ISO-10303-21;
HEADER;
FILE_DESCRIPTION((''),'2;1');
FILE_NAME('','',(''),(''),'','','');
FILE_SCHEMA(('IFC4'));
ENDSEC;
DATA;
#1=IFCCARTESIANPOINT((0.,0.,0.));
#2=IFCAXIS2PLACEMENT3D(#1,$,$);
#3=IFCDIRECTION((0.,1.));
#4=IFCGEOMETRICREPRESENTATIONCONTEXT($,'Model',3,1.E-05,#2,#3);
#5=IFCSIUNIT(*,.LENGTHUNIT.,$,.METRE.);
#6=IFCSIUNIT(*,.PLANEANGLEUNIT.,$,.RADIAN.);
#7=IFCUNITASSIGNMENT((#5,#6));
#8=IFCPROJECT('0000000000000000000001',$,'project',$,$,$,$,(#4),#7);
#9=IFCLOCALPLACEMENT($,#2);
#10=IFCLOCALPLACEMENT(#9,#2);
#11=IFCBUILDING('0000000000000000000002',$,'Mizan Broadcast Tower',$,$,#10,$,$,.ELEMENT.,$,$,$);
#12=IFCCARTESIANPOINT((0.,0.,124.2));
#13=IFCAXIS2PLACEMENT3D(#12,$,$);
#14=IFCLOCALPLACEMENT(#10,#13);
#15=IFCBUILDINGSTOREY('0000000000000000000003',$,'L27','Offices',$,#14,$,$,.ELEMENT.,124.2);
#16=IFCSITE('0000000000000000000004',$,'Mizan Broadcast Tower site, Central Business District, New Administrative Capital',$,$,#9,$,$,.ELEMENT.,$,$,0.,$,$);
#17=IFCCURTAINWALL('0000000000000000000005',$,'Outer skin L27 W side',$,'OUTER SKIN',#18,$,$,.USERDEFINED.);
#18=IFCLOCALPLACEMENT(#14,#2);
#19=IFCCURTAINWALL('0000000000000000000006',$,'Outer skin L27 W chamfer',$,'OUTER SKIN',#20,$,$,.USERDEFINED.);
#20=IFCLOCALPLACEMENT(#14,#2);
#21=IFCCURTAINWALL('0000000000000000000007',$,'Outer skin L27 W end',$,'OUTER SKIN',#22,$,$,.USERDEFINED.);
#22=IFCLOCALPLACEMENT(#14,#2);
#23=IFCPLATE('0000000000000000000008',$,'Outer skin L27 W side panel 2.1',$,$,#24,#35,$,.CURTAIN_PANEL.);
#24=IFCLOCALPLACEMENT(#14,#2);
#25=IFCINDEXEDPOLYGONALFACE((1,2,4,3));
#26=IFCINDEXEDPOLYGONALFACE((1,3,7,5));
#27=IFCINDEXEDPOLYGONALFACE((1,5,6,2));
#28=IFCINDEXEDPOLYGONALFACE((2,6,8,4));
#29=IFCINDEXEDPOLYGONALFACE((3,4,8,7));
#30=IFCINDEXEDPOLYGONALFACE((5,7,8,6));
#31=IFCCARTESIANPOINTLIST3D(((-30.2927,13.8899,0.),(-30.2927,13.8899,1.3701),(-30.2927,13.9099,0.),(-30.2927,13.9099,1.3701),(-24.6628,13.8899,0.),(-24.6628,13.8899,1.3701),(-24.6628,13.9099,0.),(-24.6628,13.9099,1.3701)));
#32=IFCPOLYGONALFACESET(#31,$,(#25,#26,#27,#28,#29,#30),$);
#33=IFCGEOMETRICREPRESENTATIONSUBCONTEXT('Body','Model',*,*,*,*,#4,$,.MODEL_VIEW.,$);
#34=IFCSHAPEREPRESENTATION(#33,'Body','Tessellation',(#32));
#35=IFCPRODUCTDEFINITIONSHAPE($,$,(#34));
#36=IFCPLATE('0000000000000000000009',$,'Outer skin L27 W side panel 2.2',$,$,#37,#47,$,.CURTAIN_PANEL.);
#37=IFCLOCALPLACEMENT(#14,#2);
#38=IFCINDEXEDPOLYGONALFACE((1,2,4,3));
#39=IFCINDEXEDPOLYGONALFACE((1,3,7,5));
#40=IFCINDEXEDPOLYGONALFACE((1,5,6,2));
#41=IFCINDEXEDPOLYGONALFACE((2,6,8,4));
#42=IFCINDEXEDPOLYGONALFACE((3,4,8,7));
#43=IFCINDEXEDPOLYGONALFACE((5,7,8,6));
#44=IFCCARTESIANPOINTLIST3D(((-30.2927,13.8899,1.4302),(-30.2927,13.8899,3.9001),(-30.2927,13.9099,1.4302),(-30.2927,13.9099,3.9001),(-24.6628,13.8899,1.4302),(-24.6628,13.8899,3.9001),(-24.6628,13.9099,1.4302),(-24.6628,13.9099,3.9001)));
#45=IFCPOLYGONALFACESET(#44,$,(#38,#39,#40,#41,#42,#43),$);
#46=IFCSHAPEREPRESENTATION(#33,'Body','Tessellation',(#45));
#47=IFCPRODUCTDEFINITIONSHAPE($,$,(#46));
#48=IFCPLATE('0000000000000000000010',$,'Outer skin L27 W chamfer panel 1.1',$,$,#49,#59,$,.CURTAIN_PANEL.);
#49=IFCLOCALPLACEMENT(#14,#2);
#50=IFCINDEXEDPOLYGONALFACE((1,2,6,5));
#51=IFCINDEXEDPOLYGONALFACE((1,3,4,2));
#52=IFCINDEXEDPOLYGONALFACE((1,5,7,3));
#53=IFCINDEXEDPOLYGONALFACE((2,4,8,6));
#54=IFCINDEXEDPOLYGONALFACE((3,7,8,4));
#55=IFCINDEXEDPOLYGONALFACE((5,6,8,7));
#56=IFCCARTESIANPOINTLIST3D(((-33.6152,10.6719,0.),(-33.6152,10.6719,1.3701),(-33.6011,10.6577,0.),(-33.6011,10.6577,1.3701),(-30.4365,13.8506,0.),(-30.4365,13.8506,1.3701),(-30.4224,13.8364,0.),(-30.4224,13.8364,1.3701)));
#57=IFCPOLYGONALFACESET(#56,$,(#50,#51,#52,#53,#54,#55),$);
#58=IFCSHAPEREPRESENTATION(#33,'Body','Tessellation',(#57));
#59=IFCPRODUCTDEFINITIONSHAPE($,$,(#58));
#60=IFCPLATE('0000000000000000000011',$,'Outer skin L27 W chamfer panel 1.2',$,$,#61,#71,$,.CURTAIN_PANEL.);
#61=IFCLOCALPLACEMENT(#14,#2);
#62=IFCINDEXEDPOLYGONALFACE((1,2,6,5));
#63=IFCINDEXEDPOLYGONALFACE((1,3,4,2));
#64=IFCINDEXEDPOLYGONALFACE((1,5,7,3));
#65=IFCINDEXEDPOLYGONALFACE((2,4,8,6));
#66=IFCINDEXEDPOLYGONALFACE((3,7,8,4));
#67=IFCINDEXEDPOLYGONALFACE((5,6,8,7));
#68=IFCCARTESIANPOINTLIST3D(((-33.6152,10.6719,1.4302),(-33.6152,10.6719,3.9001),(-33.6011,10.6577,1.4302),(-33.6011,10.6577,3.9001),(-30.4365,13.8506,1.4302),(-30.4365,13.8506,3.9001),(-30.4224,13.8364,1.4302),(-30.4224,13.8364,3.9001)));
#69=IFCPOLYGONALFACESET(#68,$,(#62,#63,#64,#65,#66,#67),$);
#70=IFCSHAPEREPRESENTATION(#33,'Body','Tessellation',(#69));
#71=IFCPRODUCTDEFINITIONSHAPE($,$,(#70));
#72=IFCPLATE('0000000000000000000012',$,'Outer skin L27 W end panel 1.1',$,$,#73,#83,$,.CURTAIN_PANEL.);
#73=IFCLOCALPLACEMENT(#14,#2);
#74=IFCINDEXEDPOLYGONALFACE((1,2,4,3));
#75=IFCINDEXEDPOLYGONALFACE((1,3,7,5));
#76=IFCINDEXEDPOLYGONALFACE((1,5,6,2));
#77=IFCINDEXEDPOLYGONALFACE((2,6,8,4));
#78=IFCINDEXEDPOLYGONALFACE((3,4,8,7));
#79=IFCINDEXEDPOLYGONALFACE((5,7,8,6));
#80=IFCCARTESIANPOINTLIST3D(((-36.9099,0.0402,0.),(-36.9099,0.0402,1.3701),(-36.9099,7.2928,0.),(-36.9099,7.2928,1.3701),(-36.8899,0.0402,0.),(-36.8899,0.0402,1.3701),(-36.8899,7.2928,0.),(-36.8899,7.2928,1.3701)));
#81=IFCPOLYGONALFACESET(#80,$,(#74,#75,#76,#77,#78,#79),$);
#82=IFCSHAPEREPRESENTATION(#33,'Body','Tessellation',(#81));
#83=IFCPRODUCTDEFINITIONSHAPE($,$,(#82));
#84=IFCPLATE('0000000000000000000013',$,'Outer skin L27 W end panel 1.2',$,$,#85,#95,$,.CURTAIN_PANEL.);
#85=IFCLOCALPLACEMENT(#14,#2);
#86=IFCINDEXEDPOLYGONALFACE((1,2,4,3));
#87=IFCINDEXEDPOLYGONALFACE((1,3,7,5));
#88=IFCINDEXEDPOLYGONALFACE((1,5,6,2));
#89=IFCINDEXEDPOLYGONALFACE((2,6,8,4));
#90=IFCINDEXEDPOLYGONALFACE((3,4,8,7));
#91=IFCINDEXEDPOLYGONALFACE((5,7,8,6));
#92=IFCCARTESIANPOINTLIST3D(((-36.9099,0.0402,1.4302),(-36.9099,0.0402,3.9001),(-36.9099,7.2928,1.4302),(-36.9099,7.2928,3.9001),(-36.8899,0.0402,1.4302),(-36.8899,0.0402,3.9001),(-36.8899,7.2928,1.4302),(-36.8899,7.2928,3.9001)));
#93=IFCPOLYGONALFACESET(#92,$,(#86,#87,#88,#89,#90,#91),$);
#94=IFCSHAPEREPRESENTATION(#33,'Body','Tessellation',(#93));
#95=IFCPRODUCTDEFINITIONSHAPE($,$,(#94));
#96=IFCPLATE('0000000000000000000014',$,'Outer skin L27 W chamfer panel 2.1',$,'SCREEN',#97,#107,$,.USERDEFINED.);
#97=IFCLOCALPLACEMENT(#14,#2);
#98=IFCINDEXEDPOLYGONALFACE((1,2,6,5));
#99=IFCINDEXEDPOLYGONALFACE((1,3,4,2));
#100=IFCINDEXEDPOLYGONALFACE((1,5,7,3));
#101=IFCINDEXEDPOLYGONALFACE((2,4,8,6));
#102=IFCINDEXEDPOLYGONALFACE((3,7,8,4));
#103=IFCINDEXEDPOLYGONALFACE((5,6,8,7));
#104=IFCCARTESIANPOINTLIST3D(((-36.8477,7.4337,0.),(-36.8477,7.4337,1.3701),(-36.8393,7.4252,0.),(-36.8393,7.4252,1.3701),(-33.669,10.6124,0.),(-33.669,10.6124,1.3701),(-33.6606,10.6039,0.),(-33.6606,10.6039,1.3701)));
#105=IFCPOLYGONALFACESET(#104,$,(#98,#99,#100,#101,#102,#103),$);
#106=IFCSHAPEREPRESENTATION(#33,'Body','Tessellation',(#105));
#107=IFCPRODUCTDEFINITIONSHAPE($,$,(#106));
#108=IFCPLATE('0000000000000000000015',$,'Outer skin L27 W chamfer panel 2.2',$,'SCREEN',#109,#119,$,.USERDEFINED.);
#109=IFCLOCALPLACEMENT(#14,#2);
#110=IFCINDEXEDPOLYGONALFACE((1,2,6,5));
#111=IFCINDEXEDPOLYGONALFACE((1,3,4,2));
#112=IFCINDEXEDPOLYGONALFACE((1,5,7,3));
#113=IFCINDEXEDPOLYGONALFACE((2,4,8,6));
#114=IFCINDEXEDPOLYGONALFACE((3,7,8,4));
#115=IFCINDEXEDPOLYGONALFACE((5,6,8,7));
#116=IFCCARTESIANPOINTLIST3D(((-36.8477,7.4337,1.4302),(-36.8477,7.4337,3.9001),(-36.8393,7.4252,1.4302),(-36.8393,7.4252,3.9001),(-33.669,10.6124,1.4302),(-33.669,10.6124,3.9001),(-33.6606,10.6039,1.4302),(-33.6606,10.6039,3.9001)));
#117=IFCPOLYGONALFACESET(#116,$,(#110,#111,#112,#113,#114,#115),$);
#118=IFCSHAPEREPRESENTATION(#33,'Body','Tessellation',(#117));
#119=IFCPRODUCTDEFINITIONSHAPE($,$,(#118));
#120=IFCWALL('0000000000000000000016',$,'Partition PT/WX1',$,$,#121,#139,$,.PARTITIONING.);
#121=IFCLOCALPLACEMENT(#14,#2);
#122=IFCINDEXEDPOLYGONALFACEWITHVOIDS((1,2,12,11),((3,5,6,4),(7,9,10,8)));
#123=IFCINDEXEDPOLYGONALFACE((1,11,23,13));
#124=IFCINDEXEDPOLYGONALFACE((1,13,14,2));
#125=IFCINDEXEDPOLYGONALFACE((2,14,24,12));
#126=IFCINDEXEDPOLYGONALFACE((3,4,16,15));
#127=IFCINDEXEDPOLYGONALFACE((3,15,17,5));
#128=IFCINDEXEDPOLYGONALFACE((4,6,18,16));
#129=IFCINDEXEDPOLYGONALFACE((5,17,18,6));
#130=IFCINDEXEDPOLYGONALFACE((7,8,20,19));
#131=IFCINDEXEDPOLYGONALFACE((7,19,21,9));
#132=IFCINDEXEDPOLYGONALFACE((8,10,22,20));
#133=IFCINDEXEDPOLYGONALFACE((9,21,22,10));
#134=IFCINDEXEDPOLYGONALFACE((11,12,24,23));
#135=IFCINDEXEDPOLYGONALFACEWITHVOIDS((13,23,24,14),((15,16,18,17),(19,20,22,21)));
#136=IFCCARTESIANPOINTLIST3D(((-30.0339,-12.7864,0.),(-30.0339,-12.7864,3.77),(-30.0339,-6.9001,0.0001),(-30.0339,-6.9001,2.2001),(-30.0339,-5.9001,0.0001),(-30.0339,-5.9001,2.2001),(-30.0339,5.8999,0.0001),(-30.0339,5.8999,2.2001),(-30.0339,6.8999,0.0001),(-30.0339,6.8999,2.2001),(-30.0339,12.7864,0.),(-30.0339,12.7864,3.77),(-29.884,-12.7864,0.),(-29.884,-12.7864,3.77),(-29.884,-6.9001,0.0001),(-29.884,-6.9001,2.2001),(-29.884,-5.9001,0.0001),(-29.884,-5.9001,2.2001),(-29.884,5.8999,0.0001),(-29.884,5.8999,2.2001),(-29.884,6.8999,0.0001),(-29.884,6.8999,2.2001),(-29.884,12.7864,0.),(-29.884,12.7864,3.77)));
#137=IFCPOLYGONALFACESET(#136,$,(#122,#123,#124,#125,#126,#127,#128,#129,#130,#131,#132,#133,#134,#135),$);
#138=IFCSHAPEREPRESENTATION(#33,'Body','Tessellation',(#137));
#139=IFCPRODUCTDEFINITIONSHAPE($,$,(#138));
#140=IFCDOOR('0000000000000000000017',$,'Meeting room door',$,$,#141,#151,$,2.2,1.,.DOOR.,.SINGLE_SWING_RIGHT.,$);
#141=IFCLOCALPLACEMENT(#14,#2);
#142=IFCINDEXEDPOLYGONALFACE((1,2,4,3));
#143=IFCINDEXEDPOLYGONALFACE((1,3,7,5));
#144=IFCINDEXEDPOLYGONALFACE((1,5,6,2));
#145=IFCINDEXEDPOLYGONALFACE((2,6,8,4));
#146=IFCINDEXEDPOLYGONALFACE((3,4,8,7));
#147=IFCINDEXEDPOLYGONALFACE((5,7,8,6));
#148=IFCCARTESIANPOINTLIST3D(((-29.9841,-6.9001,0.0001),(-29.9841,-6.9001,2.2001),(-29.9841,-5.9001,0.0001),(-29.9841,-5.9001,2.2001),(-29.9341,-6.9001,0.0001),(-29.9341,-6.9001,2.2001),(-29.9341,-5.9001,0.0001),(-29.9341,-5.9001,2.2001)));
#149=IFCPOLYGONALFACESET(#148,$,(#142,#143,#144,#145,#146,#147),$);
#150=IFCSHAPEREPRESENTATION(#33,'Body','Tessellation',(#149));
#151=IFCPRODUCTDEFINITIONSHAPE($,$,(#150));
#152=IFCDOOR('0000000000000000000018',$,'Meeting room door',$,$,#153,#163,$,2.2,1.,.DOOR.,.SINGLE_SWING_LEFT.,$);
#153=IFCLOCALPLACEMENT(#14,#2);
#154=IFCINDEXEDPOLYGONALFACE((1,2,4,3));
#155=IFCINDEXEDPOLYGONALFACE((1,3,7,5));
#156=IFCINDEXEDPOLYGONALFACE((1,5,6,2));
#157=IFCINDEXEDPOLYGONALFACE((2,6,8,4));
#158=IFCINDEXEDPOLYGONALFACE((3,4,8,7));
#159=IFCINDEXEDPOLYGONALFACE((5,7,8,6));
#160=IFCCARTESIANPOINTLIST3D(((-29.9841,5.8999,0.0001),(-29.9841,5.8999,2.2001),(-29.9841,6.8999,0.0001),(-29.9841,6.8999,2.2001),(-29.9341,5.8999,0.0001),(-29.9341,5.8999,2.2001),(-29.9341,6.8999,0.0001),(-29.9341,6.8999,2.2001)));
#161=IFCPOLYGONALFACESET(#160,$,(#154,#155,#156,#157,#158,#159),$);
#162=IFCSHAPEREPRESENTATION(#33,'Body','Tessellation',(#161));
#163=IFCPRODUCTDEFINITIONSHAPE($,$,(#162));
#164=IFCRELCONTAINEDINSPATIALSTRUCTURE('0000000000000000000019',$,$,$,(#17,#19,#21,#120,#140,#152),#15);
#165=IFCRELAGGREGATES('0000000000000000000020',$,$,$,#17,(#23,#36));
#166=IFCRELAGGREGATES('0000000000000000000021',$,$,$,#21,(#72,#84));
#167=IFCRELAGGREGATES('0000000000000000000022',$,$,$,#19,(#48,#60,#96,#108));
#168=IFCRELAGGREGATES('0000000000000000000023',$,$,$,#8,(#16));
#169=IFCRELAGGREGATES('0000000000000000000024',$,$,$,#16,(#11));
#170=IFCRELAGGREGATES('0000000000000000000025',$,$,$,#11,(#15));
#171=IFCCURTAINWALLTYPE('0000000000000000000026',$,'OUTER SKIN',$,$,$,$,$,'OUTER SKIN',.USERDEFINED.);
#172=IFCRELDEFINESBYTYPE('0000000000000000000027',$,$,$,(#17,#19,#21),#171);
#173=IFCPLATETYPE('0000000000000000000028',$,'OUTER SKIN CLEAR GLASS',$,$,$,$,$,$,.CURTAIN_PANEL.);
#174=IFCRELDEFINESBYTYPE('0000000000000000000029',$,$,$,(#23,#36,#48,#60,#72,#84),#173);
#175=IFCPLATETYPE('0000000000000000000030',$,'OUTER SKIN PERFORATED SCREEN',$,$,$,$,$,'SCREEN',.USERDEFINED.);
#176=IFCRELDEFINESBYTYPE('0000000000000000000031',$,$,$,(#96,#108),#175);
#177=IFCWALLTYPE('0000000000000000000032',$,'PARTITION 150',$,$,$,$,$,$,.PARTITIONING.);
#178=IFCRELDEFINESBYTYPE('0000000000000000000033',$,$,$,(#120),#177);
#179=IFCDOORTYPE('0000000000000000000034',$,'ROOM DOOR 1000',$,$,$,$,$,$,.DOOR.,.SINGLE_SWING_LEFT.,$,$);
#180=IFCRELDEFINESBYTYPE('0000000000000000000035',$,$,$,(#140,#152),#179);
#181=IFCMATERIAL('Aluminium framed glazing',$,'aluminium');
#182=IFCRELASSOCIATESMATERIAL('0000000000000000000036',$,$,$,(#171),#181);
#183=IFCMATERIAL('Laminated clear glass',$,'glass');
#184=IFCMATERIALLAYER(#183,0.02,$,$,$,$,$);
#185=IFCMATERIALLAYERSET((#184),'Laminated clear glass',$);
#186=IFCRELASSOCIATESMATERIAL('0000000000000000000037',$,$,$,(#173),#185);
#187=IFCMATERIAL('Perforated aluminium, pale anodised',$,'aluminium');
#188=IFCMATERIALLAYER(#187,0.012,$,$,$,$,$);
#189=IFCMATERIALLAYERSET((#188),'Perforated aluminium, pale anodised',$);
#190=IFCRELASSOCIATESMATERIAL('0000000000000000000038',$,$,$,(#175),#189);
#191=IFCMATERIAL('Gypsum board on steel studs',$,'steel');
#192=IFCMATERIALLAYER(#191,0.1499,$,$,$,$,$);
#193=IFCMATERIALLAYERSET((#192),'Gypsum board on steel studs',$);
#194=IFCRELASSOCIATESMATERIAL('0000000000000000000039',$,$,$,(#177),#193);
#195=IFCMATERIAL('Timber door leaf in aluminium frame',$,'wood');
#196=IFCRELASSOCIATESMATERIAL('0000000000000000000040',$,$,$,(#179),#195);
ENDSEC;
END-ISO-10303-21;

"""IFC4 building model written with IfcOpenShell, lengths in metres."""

from ifc_helpers import new_model, si_unit, direction, frame, frame_2d, origin, origin_2d, place, context, subcontext, project, spatial, rectangle, extrude, material, layer, layer_set, type_object, element, fill, aggregate, save


model = new_model("IFC4")

# Units and contexts
model_context = context("Model", 3, precision=1e-05, world=origin(), true_north=direction((0.0, 1.0)))
body_context = subcontext(model_context, "Body", "Model", "MODEL_VIEW")
ifc_project = project(units=[si_unit("LENGTHUNIT", "METRE"), si_unit("PLANEANGLEUNIT", "RADIAN")], contexts=[model_context])

# Site, building, storey
site_placement = place(None, origin())
site = spatial("IfcSite", under=ifc_project, at=site_placement, Name="Mizan Broadcast Tower site, Central Business District, New Administrative Capital", CompositionType="ELEMENT", RefElevation=0.0)
building_placement = place(site_placement, origin())
building = spatial("IfcBuilding", under=site, at=building_placement, Name="Mizan Broadcast Tower", CompositionType="ELEMENT")
storey_placement = place(building_placement, frame((0.0, 0.0, 124.2)))
storey = spatial("IfcBuildingStorey", under=building, at=storey_placement, Name="L27", Description="Offices", CompositionType="ELEMENT", Elevation=124.2)

# Curtain walls
ifc_material_1 = material(Name="Aluminium framed glazing", Category="aluminium")
curtain_wall_type_1 = type_object("IfcCurtainWallType", Name="OUTER SKIN", ElementType="OUTER SKIN", PredefinedType="USERDEFINED", material=ifc_material_1)
curtain_wall_1_placement = place(storey_placement, origin())
curtain_wall_1 = element("IfcCurtainWall", 1, at=curtain_wall_1_placement, inside=storey, type_object=curtain_wall_type_1, Name="Outer skin L27 W side", ObjectType="OUTER SKIN", PredefinedType="USERDEFINED")
curtain_wall_2_placement = place(storey_placement, origin())
curtain_wall_2 = element("IfcCurtainWall", 2, at=curtain_wall_2_placement, inside=storey, type_object=curtain_wall_type_1, Name="Outer skin L27 W chamfer", ObjectType="OUTER SKIN", PredefinedType="USERDEFINED")

# Curtain wall
curtain_wall_3_placement = place(storey_placement, origin())
curtain_wall_3 = element("IfcCurtainWall", 3, at=curtain_wall_3_placement, inside=storey, type_object=curtain_wall_type_1, Name="Outer skin L27 W end", ObjectType="OUTER SKIN", PredefinedType="USERDEFINED")

# Plates
ifc_material_2 = material(Name="Laminated clear glass", Category="glass")
ifc_layer_1 = layer(ifc_material_2, 0.02)
ifc_layer_set_1 = layer_set([ifc_layer_1], Name="Laminated clear glass")
plate_type_1 = type_object("IfcPlateType", Name="OUTER SKIN CLEAR GLASS", PredefinedType="CURTAIN_PANEL", material=ifc_layer_set_1)
plate_1_placement = place(storey_placement, frame((-27.4778, 13.8999, 0.0), z_axis=(0.0, 0.0, 1.0), x_axis=(-1.0, 0.0, 0.0)))
plate_1 = element("IfcPlate", 4, at=plate_1_placement, type_object=plate_type_1, Name="Outer skin L27 W side panel 2.1", PredefinedType="CURTAIN_PANEL", context=body_context, shape_type="SweptSolid", body=[
    extrude(rectangle(XDim=5.6299, YDim=0.02, at=origin_2d()), origin(), (0.0, 0.0, 1.0), 1.3701),
])
plate_2_placement = place(storey_placement, frame((-27.4778, 13.8999, 1.4302), z_axis=(0.0, 0.0, 1.0), x_axis=(-1.0, 0.0, 0.0)))
plate_2 = element("IfcPlate", 5, at=plate_2_placement, type_object=plate_type_1, Name="Outer skin L27 W side panel 2.2", PredefinedType="CURTAIN_PANEL", context=body_context, shape_type="SweptSolid", body=[
    extrude(rectangle(XDim=5.6299, YDim=0.02, at=origin_2d()), origin(), (0.0, 0.0, 1.0), 2.47),
])
aggregate(curtain_wall_1, [plate_1, plate_2])
plate_3_placement = place(storey_placement, frame((-32.0188, 12.2542, 0.0), z_axis=(0.0, 0.0, 1.0), x_axis=(-0.707107, -0.707107, 0.0)))
plate_3 = element("IfcPlate", 6, at=plate_3_placement, type_object=plate_type_1, Name="Outer skin L27 W chamfer panel 1.1", PredefinedType="CURTAIN_PANEL", context=body_context, shape_type="SweptSolid", body=[
    extrude(rectangle(XDim=4.4954, YDim=0.02, at=origin_2d()), origin(), (0.0, 0.0, 1.0), 1.3701),
])
plate_4_placement = place(storey_placement, frame((-32.0188, 12.2542, 1.4302), z_axis=(0.0, 0.0, 1.0), x_axis=(-0.707107, -0.707107, 0.0)))
plate_4 = element("IfcPlate", 7, at=plate_4_placement, type_object=plate_type_1, Name="Outer skin L27 W chamfer panel 1.2", PredefinedType="CURTAIN_PANEL", context=body_context, shape_type="SweptSolid", body=[
    extrude(rectangle(XDim=4.4954, YDim=0.02, at=origin_2d()), origin(), (0.0, 0.0, 1.0), 2.47),
])
plate_5_placement = place(storey_placement, frame((-36.8999, 3.6665, 0.0), z_axis=(0.0, 0.0, 1.0), x_axis=(0.0, -1.0, 0.0)))
plate_5 = element("IfcPlate", 8, at=plate_5_placement, type_object=plate_type_1, Name="Outer skin L27 W end panel 1.1", PredefinedType="CURTAIN_PANEL", context=body_context, shape_type="SweptSolid", body=[
    extrude(rectangle(XDim=7.2527, YDim=0.02, at=origin_2d()), origin(), (0.0, 0.0, 1.0), 1.3701),
])
plate_6_placement = place(storey_placement, frame((-36.8999, 3.6665, 1.4302), z_axis=(0.0, 0.0, 1.0), x_axis=(0.0, -1.0, 0.0)))
plate_6 = element("IfcPlate", 9, at=plate_6_placement, type_object=plate_type_1, Name="Outer skin L27 W end panel 1.2", PredefinedType="CURTAIN_PANEL", context=body_context, shape_type="SweptSolid", body=[
    extrude(rectangle(XDim=7.2527, YDim=0.02, at=origin_2d()), origin(), (0.0, 0.0, 1.0), 2.47),
])
aggregate(curtain_wall_3, [plate_5, plate_6])
ifc_material_3 = material(Name="Perforated aluminium, pale anodised", Category="aluminium")
ifc_layer_2 = layer(ifc_material_3, 0.012)
ifc_layer_set_2 = layer_set([ifc_layer_2], Name="Perforated aluminium, pale anodised")
plate_type_2 = type_object("IfcPlateType", Name="OUTER SKIN PERFORATED SCREEN", ElementType="SCREEN", PredefinedType="USERDEFINED", material=ifc_layer_set_2)
plate_7_placement = place(storey_placement, frame((-35.2542, 9.0188, 0.0), z_axis=(0.0, 0.0, 1.0), x_axis=(-0.707107, -0.707107, 0.0)))
plate_7 = element("IfcPlate", 10, at=plate_7_placement, type_object=plate_type_2, Name="Outer skin L27 W chamfer panel 2.1", ObjectType="SCREEN", PredefinedType="USERDEFINED", context=body_context, shape_type="SweptSolid", body=[
    extrude(rectangle(XDim=4.4954, YDim=0.012, at=origin_2d()), origin(), (0.0, 0.0, 1.0), 1.3701),
])
plate_8_placement = place(storey_placement, frame((-35.2542, 9.0188, 1.4302), z_axis=(0.0, 0.0, 1.0), x_axis=(-0.707107, -0.707107, 0.0)))
plate_8 = element("IfcPlate", 11, at=plate_8_placement, type_object=plate_type_2, Name="Outer skin L27 W chamfer panel 2.2", ObjectType="SCREEN", PredefinedType="USERDEFINED", context=body_context, shape_type="SweptSolid", body=[
    extrude(rectangle(XDim=4.4954, YDim=0.012, at=origin_2d()), origin(), (0.0, 0.0, 1.0), 2.47),
])
aggregate(curtain_wall_2, [plate_3, plate_4, plate_7, plate_8])

# Wall, openings, doors
ifc_material_4 = material(Name="Gypsum board on steel studs", Category="steel")
ifc_layer_3 = layer(ifc_material_4, 0.1499)
ifc_layer_set_3 = layer_set([ifc_layer_3], Name="Gypsum board on steel studs")
wall_type = type_object("IfcWallType", Name="PARTITION 150", PredefinedType="PARTITIONING", material=ifc_layer_set_3)
wall_placement = place(storey_placement, frame((-29.959, 12.7864, 0.0), z_axis=(0.0, 0.0, 1.0), x_axis=(0.0, -1.0, 0.0)))
wall = element("IfcWall", 12, at=wall_placement, inside=storey, type_object=wall_type, Name="Partition PT/WX1", PredefinedType="PARTITIONING", context=body_context, shape_type="SweptSolid", body=[
    extrude(rectangle(XDim=25.5728, YDim=0.1499, at=frame_2d((12.7864, 0.0))), origin(), (0.0, 0.0, 1.0), 3.77),
])
opening_1_placement = place(wall_placement, frame((18.6865, 0.0, 0.0)))
opening_1 = element("IfcOpeningElement", 13, at=opening_1_placement, cuts=wall, PredefinedType="OPENING", context=body_context, shape_type="SweptSolid", body=[
    extrude(rectangle(XDim=1.0, YDim=2.2, at=frame_2d((0.5, 1.1001))), frame((0.0, 0.085, 0.0), z_axis=(0.0, -1.0, 0.0), x_axis=(1.0, 0.0, 0.0)), (0.0, 0.0, 1.0), 0.1699),
])
opening_2_placement = place(wall_placement, frame((5.8865, 0.0, 0.0)))
opening_2 = element("IfcOpeningElement", 14, at=opening_2_placement, cuts=wall, PredefinedType="OPENING", context=body_context, shape_type="SweptSolid", body=[
    extrude(rectangle(XDim=1.0, YDim=2.2, at=frame_2d((0.5, 1.1001))), frame((0.0, 0.085, 0.0), z_axis=(0.0, -1.0, 0.0), x_axis=(1.0, 0.0, 0.0)), (0.0, 0.0, 1.0), 0.1699),
])
ifc_material_5 = material(Name="Timber door leaf in aluminium frame", Category="wood")
door_type = type_object("IfcDoorType", Name="ROOM DOOR 1000", OperationType="SINGLE_SWING_LEFT", PredefinedType="DOOR", material=ifc_material_5)
door_1_placement = place(opening_1_placement, origin())
door_1 = element("IfcDoor", 15, at=door_1_placement, inside=storey, type_object=door_type, Name="Meeting room door", OperationType="SINGLE_SWING_RIGHT", OverallHeight=2.2, OverallWidth=1.0, PredefinedType="DOOR", context=body_context, shape_type="SweptSolid", body=[
    extrude(rectangle(XDim=1.0, YDim=2.2, at=frame_2d((0.5, 1.1001))), frame((0.0, 0.0249, 0.0), z_axis=(0.0, -1.0, 0.0), x_axis=(1.0, 0.0, 0.0)), (0.0, 0.0, 1.0), 0.05),
])
fill(opening_1, door_1)
door_2_placement = place(opening_2_placement, origin())
door_2 = element("IfcDoor", 16, at=door_2_placement, inside=storey, type_object=door_type, Name="Meeting room door", OperationType="SINGLE_SWING_LEFT", OverallHeight=2.2, OverallWidth=1.0, PredefinedType="DOOR", context=body_context, shape_type="SweptSolid", body=[
    extrude(rectangle(XDim=1.0, YDim=2.2, at=frame_2d((0.5, 1.1001))), frame((0.0, 0.0249, 0.0), z_axis=(0.0, -1.0, 0.0), x_axis=(1.0, 0.0, 0.0)), (0.0, 0.0, 1.0), 0.05),
])
fill(opening_2, door_2)

save(model, "model.ifc")
